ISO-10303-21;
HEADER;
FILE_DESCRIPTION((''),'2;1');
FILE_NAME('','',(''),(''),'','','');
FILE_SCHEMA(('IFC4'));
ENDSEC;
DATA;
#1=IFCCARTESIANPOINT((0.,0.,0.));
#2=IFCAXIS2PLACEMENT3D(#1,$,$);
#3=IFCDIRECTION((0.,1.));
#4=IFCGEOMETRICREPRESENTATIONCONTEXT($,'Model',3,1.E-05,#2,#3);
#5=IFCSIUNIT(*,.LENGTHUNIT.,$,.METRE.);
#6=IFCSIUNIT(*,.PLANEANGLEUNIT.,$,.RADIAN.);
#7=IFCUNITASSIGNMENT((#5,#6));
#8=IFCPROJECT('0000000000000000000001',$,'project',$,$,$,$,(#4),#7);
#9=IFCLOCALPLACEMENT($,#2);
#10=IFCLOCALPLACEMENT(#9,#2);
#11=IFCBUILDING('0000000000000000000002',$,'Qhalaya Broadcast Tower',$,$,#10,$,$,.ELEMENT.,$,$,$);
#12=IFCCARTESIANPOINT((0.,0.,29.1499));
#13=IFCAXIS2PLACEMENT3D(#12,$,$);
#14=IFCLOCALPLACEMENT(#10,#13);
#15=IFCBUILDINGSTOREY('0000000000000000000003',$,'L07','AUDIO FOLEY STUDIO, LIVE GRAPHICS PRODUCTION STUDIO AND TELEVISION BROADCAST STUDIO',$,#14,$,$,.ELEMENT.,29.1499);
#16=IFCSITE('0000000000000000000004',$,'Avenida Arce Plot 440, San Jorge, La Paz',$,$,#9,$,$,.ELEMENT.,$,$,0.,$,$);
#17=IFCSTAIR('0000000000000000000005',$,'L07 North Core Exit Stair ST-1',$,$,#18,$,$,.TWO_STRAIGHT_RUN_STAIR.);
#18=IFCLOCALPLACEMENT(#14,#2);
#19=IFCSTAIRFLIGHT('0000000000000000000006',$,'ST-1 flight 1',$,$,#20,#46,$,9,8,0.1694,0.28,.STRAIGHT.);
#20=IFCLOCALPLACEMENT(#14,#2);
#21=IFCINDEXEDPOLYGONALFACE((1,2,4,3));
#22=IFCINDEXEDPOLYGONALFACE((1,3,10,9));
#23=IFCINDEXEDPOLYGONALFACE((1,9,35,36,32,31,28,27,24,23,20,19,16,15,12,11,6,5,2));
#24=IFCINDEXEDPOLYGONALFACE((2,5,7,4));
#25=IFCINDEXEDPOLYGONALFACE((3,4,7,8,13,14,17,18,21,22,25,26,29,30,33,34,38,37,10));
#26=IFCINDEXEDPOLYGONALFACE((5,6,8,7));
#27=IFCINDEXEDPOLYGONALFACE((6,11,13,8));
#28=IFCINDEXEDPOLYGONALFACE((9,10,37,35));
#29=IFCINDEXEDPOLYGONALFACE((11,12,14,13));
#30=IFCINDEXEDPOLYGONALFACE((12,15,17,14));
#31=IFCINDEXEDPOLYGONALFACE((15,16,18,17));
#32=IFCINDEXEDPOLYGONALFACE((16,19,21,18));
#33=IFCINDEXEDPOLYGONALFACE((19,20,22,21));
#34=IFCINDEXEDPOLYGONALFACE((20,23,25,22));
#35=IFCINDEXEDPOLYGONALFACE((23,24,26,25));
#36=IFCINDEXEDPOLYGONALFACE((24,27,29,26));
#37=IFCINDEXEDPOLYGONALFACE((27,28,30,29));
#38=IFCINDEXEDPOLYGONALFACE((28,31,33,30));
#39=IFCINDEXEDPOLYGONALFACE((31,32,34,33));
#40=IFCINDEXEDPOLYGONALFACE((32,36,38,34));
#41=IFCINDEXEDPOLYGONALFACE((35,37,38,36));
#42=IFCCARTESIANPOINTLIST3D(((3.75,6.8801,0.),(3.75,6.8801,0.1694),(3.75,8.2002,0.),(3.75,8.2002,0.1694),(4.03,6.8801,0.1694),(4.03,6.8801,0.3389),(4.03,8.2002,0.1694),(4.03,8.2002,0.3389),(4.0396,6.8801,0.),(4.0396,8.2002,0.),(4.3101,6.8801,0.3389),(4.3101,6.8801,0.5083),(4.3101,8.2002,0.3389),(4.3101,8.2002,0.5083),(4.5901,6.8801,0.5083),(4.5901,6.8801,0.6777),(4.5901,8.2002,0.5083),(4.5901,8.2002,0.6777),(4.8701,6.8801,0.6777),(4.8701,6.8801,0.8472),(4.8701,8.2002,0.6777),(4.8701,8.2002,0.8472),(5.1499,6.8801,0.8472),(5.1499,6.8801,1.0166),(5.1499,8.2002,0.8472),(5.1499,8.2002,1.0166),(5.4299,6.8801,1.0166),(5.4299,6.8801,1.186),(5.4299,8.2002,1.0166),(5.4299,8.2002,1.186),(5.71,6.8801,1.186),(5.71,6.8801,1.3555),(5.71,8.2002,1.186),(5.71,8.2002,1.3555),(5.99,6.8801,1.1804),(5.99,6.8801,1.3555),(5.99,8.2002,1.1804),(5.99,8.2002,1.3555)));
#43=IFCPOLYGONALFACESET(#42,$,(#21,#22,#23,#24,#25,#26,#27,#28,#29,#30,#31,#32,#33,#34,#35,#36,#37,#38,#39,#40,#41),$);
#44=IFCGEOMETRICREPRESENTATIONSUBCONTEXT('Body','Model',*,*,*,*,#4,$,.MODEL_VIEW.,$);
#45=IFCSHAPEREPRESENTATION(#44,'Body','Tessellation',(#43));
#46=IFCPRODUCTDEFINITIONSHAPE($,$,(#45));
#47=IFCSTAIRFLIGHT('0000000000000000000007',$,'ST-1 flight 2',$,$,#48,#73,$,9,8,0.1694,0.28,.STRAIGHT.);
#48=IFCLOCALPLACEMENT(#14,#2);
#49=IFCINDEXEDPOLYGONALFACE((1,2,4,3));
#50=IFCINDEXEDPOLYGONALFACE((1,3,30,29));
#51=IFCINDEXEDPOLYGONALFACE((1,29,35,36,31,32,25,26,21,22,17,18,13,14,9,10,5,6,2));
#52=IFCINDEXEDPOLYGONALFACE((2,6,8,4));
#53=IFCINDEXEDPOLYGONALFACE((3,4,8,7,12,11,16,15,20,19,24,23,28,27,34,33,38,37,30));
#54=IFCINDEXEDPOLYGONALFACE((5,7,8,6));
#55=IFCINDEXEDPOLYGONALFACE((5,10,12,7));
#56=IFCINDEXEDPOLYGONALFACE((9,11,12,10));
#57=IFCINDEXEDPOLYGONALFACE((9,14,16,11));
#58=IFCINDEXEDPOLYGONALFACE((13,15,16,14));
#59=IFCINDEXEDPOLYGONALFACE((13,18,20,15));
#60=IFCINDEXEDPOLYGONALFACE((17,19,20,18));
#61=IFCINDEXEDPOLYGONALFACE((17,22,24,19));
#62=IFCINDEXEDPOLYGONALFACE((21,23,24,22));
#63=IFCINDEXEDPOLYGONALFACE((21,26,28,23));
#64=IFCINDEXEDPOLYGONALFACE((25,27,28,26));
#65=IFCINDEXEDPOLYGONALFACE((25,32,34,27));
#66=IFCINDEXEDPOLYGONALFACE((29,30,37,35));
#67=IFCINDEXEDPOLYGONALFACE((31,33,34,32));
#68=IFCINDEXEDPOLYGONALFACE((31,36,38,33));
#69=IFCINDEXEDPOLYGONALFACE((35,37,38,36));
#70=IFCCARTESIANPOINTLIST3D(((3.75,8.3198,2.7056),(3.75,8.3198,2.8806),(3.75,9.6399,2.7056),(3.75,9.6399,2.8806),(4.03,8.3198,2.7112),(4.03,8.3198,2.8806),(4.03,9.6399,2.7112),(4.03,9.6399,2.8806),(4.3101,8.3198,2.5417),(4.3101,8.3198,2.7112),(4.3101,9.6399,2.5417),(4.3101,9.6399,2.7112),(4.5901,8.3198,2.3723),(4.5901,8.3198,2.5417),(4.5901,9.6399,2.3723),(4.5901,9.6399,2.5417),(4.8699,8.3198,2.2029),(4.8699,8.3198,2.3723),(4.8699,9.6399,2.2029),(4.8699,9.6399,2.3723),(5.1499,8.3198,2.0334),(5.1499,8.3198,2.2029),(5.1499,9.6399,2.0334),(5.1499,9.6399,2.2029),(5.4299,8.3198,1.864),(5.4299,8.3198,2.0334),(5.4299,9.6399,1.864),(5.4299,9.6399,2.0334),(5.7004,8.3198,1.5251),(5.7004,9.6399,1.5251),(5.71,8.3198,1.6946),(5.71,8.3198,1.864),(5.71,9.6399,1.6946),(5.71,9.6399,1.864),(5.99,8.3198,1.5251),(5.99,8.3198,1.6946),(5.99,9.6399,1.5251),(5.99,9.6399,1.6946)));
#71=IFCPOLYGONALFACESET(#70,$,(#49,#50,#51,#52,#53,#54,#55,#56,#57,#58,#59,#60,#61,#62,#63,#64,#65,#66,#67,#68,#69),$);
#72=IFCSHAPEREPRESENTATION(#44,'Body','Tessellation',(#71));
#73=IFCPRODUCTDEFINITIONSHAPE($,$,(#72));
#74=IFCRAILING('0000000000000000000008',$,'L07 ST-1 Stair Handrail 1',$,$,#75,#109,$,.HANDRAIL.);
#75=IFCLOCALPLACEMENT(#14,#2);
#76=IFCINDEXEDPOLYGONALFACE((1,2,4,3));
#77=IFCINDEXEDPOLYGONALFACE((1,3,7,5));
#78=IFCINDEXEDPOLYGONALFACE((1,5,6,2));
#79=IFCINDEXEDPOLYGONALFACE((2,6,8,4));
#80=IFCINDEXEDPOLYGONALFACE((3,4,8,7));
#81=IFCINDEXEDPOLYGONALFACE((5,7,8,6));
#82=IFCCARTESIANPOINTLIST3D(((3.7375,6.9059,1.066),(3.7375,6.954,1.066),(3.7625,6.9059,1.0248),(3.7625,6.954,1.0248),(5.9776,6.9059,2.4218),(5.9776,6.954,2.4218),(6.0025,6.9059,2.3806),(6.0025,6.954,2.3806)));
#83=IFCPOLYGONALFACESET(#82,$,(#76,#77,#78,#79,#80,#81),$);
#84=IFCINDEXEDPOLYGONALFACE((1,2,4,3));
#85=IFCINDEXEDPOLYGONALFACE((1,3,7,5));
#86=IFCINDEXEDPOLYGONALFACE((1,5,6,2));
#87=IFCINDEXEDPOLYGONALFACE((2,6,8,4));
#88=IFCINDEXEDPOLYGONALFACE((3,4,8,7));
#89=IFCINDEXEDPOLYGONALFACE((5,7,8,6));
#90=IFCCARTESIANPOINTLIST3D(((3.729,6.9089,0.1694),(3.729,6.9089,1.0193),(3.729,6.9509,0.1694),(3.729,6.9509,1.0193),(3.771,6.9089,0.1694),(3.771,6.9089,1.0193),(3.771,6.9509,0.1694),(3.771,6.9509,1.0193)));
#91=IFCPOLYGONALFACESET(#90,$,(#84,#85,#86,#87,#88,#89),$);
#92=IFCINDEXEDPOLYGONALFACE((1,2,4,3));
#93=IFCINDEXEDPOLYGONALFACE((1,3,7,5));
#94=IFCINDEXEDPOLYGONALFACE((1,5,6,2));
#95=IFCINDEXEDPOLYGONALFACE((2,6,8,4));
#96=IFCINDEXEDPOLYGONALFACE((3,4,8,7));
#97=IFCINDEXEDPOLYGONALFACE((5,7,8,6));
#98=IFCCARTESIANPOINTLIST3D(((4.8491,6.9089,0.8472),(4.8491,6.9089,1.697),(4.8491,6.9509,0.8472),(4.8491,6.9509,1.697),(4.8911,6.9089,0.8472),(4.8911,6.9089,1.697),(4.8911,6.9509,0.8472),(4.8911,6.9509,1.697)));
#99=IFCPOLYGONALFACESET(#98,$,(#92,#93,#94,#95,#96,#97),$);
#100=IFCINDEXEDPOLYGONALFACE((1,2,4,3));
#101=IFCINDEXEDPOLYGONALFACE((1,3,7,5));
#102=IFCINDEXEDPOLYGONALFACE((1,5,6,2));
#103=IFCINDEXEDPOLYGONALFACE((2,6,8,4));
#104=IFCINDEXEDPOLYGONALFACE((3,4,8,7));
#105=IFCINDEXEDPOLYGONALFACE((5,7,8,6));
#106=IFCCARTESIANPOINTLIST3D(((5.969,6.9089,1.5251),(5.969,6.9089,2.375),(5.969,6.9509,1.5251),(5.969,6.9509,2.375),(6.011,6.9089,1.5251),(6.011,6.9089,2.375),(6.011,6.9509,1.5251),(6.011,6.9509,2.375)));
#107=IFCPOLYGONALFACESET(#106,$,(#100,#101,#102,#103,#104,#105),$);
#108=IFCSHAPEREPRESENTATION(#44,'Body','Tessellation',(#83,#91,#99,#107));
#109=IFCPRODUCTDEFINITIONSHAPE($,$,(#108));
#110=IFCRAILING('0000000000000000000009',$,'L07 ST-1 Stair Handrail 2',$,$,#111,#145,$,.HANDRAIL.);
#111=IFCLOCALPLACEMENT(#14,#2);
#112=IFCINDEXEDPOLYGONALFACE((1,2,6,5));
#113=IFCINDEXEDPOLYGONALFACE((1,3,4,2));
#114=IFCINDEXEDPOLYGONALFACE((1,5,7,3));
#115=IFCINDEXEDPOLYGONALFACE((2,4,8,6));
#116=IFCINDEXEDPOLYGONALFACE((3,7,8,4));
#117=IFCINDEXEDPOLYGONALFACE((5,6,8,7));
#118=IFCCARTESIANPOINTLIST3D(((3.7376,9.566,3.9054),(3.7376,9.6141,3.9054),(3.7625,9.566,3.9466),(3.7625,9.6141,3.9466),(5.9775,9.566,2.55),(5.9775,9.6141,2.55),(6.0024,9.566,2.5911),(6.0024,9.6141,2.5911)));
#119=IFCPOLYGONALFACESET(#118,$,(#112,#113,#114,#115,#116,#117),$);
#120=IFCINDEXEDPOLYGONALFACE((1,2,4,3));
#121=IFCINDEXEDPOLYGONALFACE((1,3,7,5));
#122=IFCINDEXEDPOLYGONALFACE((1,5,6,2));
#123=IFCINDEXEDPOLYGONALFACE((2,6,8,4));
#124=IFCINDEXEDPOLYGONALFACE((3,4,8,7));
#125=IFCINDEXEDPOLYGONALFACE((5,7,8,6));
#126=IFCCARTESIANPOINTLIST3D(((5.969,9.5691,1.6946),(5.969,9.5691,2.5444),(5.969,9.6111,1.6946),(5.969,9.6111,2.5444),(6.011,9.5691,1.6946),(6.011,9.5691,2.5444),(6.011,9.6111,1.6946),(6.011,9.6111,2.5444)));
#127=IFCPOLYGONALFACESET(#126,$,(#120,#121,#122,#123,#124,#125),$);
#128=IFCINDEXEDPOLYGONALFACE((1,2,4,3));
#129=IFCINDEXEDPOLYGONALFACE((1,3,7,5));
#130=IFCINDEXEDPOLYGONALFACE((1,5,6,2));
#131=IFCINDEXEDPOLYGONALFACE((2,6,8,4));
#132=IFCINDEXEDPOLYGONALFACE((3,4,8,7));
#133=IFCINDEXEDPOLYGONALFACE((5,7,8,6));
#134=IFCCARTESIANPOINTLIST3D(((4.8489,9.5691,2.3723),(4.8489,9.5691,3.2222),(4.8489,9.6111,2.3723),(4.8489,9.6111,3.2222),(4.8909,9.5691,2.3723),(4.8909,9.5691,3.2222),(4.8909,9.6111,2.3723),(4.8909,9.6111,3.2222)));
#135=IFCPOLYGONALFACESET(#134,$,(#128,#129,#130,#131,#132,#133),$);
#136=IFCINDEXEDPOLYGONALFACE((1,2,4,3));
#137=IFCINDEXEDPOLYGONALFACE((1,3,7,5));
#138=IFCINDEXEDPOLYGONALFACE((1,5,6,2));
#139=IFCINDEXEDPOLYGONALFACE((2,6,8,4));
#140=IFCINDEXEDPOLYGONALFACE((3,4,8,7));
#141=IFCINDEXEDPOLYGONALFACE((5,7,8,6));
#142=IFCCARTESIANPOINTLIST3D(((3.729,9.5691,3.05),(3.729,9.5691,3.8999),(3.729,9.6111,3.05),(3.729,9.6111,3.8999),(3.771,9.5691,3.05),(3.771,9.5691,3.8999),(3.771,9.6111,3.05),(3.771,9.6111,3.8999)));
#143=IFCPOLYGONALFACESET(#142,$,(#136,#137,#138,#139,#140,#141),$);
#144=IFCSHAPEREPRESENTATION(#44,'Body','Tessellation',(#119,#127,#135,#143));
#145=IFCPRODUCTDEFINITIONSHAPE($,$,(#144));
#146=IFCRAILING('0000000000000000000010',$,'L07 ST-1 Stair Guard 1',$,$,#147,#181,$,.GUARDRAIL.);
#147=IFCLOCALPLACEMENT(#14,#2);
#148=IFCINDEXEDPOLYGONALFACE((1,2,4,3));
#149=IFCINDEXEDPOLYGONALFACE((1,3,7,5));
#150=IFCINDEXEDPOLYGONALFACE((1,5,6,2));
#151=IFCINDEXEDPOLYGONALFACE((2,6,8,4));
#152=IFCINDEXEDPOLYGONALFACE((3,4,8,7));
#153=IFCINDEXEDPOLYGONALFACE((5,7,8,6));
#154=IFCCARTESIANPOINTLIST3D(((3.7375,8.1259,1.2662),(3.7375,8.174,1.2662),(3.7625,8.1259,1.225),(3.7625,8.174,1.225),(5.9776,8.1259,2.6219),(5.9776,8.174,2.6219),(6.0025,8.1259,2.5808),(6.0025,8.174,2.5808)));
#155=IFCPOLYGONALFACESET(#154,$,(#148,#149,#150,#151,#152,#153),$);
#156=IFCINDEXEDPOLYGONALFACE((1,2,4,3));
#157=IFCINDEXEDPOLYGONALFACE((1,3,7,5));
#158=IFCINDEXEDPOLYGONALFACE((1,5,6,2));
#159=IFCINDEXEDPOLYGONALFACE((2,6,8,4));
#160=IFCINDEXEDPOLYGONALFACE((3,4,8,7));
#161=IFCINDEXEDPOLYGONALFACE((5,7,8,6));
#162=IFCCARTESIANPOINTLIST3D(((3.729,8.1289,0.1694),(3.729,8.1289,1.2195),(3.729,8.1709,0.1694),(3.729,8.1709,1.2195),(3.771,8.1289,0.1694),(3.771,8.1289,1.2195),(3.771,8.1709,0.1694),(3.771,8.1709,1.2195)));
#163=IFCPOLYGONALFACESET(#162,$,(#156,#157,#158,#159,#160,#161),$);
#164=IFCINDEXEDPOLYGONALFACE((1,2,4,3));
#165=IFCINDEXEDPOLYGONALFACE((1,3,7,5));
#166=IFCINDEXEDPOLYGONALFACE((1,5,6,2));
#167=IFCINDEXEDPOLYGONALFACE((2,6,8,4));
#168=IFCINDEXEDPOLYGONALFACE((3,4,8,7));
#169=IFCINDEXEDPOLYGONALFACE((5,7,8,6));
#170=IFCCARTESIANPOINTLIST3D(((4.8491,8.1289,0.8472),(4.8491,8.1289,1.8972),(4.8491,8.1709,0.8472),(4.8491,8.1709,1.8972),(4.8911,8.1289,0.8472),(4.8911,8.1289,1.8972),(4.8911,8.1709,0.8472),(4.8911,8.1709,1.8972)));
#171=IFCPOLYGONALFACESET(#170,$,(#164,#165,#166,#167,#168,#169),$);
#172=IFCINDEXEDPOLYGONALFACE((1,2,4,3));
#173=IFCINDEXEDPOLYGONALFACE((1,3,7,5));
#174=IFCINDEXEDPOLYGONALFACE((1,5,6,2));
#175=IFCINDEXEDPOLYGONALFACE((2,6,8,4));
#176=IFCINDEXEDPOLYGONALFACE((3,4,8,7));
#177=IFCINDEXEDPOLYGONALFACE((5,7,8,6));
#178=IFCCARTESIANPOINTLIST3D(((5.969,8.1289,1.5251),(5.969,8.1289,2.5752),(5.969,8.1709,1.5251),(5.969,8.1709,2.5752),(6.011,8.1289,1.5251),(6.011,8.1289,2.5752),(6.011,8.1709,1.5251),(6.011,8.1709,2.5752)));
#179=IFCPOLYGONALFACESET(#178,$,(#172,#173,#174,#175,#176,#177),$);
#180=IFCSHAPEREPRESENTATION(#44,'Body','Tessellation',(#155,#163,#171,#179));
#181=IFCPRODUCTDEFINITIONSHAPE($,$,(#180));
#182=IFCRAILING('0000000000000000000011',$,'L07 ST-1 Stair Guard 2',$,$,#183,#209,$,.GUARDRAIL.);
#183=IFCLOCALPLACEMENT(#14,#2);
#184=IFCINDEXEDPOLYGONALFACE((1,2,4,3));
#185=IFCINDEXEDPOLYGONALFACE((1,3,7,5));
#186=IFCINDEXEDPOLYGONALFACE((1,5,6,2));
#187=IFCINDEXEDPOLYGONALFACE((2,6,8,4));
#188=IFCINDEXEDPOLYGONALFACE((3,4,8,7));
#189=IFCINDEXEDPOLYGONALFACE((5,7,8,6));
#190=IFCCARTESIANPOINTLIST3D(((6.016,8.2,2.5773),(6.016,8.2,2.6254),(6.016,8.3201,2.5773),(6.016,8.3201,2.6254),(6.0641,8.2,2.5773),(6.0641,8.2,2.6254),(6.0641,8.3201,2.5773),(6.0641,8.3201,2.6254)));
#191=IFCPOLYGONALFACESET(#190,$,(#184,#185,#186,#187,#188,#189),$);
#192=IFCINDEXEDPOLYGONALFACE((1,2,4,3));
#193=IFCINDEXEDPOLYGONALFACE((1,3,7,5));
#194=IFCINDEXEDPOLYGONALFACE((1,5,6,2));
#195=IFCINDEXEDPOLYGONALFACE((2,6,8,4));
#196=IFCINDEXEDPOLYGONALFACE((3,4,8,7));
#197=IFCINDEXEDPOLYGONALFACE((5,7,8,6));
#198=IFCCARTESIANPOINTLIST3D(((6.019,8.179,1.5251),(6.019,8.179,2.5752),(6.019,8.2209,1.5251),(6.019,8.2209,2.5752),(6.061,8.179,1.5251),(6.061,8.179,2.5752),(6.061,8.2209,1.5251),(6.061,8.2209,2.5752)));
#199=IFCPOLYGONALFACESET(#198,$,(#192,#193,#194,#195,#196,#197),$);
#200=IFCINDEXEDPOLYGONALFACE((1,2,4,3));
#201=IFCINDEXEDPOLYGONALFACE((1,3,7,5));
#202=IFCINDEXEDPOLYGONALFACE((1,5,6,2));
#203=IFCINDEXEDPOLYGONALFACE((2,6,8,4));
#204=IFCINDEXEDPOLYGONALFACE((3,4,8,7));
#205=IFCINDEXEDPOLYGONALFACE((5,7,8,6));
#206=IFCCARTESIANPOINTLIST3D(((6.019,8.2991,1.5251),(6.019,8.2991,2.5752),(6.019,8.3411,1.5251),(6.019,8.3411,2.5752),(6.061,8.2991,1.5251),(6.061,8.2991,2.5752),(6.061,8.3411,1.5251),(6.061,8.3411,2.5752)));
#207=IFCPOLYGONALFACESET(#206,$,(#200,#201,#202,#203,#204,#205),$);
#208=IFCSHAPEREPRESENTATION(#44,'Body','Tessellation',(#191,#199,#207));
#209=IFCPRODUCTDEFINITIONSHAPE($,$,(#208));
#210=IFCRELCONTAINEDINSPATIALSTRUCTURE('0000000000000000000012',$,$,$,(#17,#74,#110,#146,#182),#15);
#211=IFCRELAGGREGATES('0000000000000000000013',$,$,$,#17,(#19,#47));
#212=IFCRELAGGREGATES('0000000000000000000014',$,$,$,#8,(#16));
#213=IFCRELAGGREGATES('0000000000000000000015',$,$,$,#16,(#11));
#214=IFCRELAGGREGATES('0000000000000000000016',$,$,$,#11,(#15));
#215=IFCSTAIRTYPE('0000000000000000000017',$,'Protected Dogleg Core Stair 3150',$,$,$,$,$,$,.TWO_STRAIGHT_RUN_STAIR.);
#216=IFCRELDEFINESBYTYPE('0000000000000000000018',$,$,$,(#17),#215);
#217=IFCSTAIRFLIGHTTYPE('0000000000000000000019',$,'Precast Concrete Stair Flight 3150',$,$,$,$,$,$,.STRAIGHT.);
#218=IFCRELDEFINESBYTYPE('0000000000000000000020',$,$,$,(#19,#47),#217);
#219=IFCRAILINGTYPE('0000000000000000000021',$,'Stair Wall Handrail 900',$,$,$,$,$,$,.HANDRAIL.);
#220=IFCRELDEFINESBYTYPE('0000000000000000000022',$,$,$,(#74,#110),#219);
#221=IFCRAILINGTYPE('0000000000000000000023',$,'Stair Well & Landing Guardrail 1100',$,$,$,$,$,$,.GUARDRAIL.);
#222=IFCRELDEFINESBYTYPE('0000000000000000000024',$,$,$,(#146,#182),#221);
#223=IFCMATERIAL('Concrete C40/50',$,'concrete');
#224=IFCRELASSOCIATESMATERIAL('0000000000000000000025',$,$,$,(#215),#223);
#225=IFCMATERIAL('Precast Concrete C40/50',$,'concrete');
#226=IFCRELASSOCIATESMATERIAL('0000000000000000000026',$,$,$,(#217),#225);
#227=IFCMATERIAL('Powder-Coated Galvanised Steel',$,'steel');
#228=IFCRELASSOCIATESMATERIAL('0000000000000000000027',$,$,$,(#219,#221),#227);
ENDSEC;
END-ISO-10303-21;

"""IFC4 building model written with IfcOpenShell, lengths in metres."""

from ifc_helpers import new_model, si_unit, direction, frame, origin, origin_2d, place, context, subcontext, project, spatial, polyline, rectangle, outline, extrude, material, type_object, element, aggregate, save


model = new_model("IFC4")

# Units and contexts
model_context = context("Model", 3, precision=1e-05, world=origin(), true_north=direction((0.0, 1.0)))
body_context = subcontext(model_context, "Body", "Model", "MODEL_VIEW")
ifc_project = project(units=[si_unit("LENGTHUNIT", "METRE"), si_unit("PLANEANGLEUNIT", "RADIAN")], contexts=[model_context])

# Site, building, storey
site_placement = place(None, origin())
site = spatial("IfcSite", under=ifc_project, at=site_placement, Name="Avenida Arce Plot 440, San Jorge, La Paz", CompositionType="ELEMENT", RefElevation=0.0)
building_placement = place(site_placement, origin())
building = spatial("IfcBuilding", under=site, at=building_placement, Name="Qhalaya Broadcast Tower", CompositionType="ELEMENT")
storey_placement = place(building_placement, frame((0.0, 0.0, 29.1499)))
storey = spatial("IfcBuildingStorey", under=building, at=storey_placement, Name="L07", Description="AUDIO FOLEY STUDIO, LIVE GRAPHICS PRODUCTION STUDIO AND TELEVISION BROADCAST STUDIO", CompositionType="ELEMENT", Elevation=29.1499)

# Shared definitions
ifc_material_1 = material(Name="Precast Concrete C40/50", Category="concrete")

# Stair, stair flights
ifc_material_2 = material(Name="Concrete C40/50", Category="concrete")
stair_type = type_object("IfcStairType", Name="Protected Dogleg Core Stair 3150", PredefinedType="TWO_STRAIGHT_RUN_STAIR", material=ifc_material_2)
stair_placement = place(storey_placement, origin())
stair = element("IfcStair", 1, at=stair_placement, inside=storey, type_object=stair_type, Name="L07 North Core Exit Stair ST-1", PredefinedType="TWO_STRAIGHT_RUN_STAIR")
stair_flight_type = type_object("IfcStairFlightType", Name="Precast Concrete Stair Flight 3150", PredefinedType="STRAIGHT", material=ifc_material_1)
stair_flight_1_placement = place(storey_placement, frame((3.75, 7.54, 0.0), z_axis=(0.0, 0.0, 1.0), x_axis=(1.0, 0.0, 0.0)))
stair_flight_1 = element("IfcStairFlight", 2, at=stair_flight_1_placement, type_object=stair_flight_type, Name="ST-1 flight 1", NumberOfRisers=9, NumberOfTreads=8, PredefinedType="STRAIGHT", RiserHeight=0.1694, TreadLength=0.28, context=body_context, shape_type="SweptSolid", body=[
    extrude(outline(polyline([(0.0, 0.0), (0.0, 0.1694), (0.28, 0.1694), (0.28, 0.3389), (0.5601, 0.3389), (0.5601, 0.5083), (0.8401, 0.5083), (0.8401, 0.6777), (1.1201, 0.6777), (1.1201, 0.8472), (1.3999, 0.8472), (1.3999, 1.0166), (1.6799, 1.0166), (1.6799, 1.186), (1.96, 1.186), (1.96, 1.3555), (2.24, 1.3555), (2.24, 1.5249), (2.24, 1.1804), (0.2896, 0.0), (0.0, 0.0)])), frame((0.0, 0.6602, 0.0), z_axis=(0.0, -1.0, 0.0), x_axis=(1.0, 0.0, 0.0)), (0.0, 0.0, 1.0), 1.3201),
])
stair_flight_2_placement = place(storey_placement, frame((5.99, 8.98, 1.5251), z_axis=(0.0, 0.0, 1.0), x_axis=(-1.0, 0.0, 0.0)))
stair_flight_2 = element("IfcStairFlight", 3, at=stair_flight_2_placement, type_object=stair_flight_type, Name="ST-1 flight 2", NumberOfRisers=9, NumberOfTreads=8, PredefinedType="STRAIGHT", RiserHeight=0.1694, TreadLength=0.28, context=body_context, shape_type="SweptSolid", body=[
    extrude(outline(polyline([(0.0, 0.0), (0.0, 0.1694), (0.28, 0.1694), (0.28, 0.3389), (0.5601, 0.3389), (0.5601, 0.5083), (0.8401, 0.5083), (0.8401, 0.6777), (1.1201, 0.6777), (1.1201, 0.8472), (1.3999, 0.8472), (1.3999, 1.0166), (1.6799, 1.0166), (1.6799, 1.186), (1.96, 1.186), (1.96, 1.3555), (2.24, 1.3555), (2.24, 1.5249), (2.24, 1.1804), (0.2896, 0.0), (0.0, 0.0)])), frame((0.0, 0.6602, 0.0), z_axis=(0.0, -1.0, 0.0), x_axis=(1.0, 0.0, 0.0)), (0.0, 0.0, 1.0), 1.3201),
])
aggregate(stair, [stair_flight_1, stair_flight_2])

# Railings
ifc_material_3 = material(Name="Powder-Coated Galvanised Steel", Category="steel")
railing_type_1 = type_object("IfcRailingType", Name="Stair Wall Handrail 900", PredefinedType="HANDRAIL", material=ifc_material_3)
railing_1_placement = place(storey_placement, frame((3.75, 6.9299, 0.1694)))
element("IfcRailing", 4, at=railing_1_placement, inside=storey, type_object=railing_type_1, Name="L07 ST-1 Stair Handrail 1", PredefinedType="HANDRAIL", context=body_context, shape_type="SweptSolid", body=[
    extrude(rectangle(XDim=0.0481, YDim=0.0481, at=origin_2d()), frame((0.0, 0.0, 0.876), z_axis=(0.855512, 0.0, 0.517783), x_axis=(0.0, 1.0, 0.0)), (0.0, 0.0, 1.0), 2.6184),
    extrude(rectangle(XDim=0.042, YDim=0.042, at=origin_2d()), origin(), (0.0, 0.0, 1.0), 0.8499),
    extrude(rectangle(XDim=0.042, YDim=0.042, at=origin_2d()), frame((1.1201, 0.0, 0.6777)), (0.0, 0.0, 1.0), 0.8499),
    extrude(rectangle(XDim=0.042, YDim=0.042, at=origin_2d()), frame((2.24, 0.0, 1.3557)), (0.0, 0.0, 1.0), 0.8499),
])
railing_2_placement = place(storey_placement, frame((5.99, 9.5901, 1.6946)))
element("IfcRailing", 5, at=railing_2_placement, inside=storey, type_object=railing_type_1, Name="L07 ST-1 Stair Handrail 2", PredefinedType="HANDRAIL", context=body_context, shape_type="SweptSolid", body=[
    extrude(rectangle(XDim=0.0481, YDim=0.0481, at=origin_2d()), frame((0.0, 0.0, 0.876), z_axis=(-0.855553, 0.0, 0.517715), x_axis=(0.0, -1.0, 0.0)), (0.0, 0.0, 1.0), 2.6182),
    extrude(rectangle(XDim=0.042, YDim=0.042, at=origin_2d()), origin(), (0.0, 0.0, 1.0), 0.8499),
    extrude(rectangle(XDim=0.042, YDim=0.042, at=origin_2d()), frame((-1.1201, 0.0, 0.6777)), (0.0, 0.0, 1.0), 0.8499),
    extrude(rectangle(XDim=0.042, YDim=0.042, at=origin_2d()), frame((-2.24, 0.0, 1.3555)), (0.0, 0.0, 1.0), 0.8499),
])
railing_type_2 = type_object("IfcRailingType", Name="Stair Well & Landing Guardrail 1100", PredefinedType="GUARDRAIL", material=ifc_material_3)
railing_3_placement = place(storey_placement, frame((3.75, 8.1499, 0.1694)))
element("IfcRailing", 6, at=railing_3_placement, inside=storey, type_object=railing_type_2, Name="L07 ST-1 Stair Guard 1", PredefinedType="GUARDRAIL", context=body_context, shape_type="SweptSolid", body=[
    extrude(rectangle(XDim=0.0481, YDim=0.0481, at=origin_2d()), frame((0.0, 0.0, 1.0762), z_axis=(0.855512, 0.0, 0.517783), x_axis=(0.0, 1.0, 0.0)), (0.0, 0.0, 1.0), 2.6184),
    extrude(rectangle(XDim=0.042, YDim=0.042, at=origin_2d()), origin(), (0.0, 0.0, 1.0), 1.05),
    extrude(rectangle(XDim=0.042, YDim=0.042, at=origin_2d()), frame((1.1201, 0.0, 0.6777)), (0.0, 0.0, 1.0), 1.05),
    extrude(rectangle(XDim=0.042, YDim=0.042, at=origin_2d()), frame((2.24, 0.0, 1.3557)), (0.0, 0.0, 1.0), 1.05),
])
railing_4_placement = place(storey_placement, frame((6.04, 8.2, 1.5251)))
element("IfcRailing", 7, at=railing_4_placement, inside=storey, type_object=railing_type_2, Name="L07 ST-1 Stair Guard 2", PredefinedType="GUARDRAIL", context=body_context, shape_type="SweptSolid", body=[
    extrude(rectangle(XDim=0.0481, YDim=0.0481, at=origin_2d()), frame((0.0, 0.0, 1.0762), z_axis=(0.0, 1.0, 0.0), x_axis=(-1.0, 0.0, 0.0)), (0.0, 0.0, 1.0), 0.1201),
    extrude(rectangle(XDim=0.042, YDim=0.042, at=origin_2d()), origin(), (0.0, 0.0, 1.0), 1.05),
    extrude(rectangle(XDim=0.042, YDim=0.042, at=origin_2d()), frame((0.0, 0.1201, 0.0)), (0.0, 0.0, 1.0), 1.05),
])

save(model, "model.ifc")
